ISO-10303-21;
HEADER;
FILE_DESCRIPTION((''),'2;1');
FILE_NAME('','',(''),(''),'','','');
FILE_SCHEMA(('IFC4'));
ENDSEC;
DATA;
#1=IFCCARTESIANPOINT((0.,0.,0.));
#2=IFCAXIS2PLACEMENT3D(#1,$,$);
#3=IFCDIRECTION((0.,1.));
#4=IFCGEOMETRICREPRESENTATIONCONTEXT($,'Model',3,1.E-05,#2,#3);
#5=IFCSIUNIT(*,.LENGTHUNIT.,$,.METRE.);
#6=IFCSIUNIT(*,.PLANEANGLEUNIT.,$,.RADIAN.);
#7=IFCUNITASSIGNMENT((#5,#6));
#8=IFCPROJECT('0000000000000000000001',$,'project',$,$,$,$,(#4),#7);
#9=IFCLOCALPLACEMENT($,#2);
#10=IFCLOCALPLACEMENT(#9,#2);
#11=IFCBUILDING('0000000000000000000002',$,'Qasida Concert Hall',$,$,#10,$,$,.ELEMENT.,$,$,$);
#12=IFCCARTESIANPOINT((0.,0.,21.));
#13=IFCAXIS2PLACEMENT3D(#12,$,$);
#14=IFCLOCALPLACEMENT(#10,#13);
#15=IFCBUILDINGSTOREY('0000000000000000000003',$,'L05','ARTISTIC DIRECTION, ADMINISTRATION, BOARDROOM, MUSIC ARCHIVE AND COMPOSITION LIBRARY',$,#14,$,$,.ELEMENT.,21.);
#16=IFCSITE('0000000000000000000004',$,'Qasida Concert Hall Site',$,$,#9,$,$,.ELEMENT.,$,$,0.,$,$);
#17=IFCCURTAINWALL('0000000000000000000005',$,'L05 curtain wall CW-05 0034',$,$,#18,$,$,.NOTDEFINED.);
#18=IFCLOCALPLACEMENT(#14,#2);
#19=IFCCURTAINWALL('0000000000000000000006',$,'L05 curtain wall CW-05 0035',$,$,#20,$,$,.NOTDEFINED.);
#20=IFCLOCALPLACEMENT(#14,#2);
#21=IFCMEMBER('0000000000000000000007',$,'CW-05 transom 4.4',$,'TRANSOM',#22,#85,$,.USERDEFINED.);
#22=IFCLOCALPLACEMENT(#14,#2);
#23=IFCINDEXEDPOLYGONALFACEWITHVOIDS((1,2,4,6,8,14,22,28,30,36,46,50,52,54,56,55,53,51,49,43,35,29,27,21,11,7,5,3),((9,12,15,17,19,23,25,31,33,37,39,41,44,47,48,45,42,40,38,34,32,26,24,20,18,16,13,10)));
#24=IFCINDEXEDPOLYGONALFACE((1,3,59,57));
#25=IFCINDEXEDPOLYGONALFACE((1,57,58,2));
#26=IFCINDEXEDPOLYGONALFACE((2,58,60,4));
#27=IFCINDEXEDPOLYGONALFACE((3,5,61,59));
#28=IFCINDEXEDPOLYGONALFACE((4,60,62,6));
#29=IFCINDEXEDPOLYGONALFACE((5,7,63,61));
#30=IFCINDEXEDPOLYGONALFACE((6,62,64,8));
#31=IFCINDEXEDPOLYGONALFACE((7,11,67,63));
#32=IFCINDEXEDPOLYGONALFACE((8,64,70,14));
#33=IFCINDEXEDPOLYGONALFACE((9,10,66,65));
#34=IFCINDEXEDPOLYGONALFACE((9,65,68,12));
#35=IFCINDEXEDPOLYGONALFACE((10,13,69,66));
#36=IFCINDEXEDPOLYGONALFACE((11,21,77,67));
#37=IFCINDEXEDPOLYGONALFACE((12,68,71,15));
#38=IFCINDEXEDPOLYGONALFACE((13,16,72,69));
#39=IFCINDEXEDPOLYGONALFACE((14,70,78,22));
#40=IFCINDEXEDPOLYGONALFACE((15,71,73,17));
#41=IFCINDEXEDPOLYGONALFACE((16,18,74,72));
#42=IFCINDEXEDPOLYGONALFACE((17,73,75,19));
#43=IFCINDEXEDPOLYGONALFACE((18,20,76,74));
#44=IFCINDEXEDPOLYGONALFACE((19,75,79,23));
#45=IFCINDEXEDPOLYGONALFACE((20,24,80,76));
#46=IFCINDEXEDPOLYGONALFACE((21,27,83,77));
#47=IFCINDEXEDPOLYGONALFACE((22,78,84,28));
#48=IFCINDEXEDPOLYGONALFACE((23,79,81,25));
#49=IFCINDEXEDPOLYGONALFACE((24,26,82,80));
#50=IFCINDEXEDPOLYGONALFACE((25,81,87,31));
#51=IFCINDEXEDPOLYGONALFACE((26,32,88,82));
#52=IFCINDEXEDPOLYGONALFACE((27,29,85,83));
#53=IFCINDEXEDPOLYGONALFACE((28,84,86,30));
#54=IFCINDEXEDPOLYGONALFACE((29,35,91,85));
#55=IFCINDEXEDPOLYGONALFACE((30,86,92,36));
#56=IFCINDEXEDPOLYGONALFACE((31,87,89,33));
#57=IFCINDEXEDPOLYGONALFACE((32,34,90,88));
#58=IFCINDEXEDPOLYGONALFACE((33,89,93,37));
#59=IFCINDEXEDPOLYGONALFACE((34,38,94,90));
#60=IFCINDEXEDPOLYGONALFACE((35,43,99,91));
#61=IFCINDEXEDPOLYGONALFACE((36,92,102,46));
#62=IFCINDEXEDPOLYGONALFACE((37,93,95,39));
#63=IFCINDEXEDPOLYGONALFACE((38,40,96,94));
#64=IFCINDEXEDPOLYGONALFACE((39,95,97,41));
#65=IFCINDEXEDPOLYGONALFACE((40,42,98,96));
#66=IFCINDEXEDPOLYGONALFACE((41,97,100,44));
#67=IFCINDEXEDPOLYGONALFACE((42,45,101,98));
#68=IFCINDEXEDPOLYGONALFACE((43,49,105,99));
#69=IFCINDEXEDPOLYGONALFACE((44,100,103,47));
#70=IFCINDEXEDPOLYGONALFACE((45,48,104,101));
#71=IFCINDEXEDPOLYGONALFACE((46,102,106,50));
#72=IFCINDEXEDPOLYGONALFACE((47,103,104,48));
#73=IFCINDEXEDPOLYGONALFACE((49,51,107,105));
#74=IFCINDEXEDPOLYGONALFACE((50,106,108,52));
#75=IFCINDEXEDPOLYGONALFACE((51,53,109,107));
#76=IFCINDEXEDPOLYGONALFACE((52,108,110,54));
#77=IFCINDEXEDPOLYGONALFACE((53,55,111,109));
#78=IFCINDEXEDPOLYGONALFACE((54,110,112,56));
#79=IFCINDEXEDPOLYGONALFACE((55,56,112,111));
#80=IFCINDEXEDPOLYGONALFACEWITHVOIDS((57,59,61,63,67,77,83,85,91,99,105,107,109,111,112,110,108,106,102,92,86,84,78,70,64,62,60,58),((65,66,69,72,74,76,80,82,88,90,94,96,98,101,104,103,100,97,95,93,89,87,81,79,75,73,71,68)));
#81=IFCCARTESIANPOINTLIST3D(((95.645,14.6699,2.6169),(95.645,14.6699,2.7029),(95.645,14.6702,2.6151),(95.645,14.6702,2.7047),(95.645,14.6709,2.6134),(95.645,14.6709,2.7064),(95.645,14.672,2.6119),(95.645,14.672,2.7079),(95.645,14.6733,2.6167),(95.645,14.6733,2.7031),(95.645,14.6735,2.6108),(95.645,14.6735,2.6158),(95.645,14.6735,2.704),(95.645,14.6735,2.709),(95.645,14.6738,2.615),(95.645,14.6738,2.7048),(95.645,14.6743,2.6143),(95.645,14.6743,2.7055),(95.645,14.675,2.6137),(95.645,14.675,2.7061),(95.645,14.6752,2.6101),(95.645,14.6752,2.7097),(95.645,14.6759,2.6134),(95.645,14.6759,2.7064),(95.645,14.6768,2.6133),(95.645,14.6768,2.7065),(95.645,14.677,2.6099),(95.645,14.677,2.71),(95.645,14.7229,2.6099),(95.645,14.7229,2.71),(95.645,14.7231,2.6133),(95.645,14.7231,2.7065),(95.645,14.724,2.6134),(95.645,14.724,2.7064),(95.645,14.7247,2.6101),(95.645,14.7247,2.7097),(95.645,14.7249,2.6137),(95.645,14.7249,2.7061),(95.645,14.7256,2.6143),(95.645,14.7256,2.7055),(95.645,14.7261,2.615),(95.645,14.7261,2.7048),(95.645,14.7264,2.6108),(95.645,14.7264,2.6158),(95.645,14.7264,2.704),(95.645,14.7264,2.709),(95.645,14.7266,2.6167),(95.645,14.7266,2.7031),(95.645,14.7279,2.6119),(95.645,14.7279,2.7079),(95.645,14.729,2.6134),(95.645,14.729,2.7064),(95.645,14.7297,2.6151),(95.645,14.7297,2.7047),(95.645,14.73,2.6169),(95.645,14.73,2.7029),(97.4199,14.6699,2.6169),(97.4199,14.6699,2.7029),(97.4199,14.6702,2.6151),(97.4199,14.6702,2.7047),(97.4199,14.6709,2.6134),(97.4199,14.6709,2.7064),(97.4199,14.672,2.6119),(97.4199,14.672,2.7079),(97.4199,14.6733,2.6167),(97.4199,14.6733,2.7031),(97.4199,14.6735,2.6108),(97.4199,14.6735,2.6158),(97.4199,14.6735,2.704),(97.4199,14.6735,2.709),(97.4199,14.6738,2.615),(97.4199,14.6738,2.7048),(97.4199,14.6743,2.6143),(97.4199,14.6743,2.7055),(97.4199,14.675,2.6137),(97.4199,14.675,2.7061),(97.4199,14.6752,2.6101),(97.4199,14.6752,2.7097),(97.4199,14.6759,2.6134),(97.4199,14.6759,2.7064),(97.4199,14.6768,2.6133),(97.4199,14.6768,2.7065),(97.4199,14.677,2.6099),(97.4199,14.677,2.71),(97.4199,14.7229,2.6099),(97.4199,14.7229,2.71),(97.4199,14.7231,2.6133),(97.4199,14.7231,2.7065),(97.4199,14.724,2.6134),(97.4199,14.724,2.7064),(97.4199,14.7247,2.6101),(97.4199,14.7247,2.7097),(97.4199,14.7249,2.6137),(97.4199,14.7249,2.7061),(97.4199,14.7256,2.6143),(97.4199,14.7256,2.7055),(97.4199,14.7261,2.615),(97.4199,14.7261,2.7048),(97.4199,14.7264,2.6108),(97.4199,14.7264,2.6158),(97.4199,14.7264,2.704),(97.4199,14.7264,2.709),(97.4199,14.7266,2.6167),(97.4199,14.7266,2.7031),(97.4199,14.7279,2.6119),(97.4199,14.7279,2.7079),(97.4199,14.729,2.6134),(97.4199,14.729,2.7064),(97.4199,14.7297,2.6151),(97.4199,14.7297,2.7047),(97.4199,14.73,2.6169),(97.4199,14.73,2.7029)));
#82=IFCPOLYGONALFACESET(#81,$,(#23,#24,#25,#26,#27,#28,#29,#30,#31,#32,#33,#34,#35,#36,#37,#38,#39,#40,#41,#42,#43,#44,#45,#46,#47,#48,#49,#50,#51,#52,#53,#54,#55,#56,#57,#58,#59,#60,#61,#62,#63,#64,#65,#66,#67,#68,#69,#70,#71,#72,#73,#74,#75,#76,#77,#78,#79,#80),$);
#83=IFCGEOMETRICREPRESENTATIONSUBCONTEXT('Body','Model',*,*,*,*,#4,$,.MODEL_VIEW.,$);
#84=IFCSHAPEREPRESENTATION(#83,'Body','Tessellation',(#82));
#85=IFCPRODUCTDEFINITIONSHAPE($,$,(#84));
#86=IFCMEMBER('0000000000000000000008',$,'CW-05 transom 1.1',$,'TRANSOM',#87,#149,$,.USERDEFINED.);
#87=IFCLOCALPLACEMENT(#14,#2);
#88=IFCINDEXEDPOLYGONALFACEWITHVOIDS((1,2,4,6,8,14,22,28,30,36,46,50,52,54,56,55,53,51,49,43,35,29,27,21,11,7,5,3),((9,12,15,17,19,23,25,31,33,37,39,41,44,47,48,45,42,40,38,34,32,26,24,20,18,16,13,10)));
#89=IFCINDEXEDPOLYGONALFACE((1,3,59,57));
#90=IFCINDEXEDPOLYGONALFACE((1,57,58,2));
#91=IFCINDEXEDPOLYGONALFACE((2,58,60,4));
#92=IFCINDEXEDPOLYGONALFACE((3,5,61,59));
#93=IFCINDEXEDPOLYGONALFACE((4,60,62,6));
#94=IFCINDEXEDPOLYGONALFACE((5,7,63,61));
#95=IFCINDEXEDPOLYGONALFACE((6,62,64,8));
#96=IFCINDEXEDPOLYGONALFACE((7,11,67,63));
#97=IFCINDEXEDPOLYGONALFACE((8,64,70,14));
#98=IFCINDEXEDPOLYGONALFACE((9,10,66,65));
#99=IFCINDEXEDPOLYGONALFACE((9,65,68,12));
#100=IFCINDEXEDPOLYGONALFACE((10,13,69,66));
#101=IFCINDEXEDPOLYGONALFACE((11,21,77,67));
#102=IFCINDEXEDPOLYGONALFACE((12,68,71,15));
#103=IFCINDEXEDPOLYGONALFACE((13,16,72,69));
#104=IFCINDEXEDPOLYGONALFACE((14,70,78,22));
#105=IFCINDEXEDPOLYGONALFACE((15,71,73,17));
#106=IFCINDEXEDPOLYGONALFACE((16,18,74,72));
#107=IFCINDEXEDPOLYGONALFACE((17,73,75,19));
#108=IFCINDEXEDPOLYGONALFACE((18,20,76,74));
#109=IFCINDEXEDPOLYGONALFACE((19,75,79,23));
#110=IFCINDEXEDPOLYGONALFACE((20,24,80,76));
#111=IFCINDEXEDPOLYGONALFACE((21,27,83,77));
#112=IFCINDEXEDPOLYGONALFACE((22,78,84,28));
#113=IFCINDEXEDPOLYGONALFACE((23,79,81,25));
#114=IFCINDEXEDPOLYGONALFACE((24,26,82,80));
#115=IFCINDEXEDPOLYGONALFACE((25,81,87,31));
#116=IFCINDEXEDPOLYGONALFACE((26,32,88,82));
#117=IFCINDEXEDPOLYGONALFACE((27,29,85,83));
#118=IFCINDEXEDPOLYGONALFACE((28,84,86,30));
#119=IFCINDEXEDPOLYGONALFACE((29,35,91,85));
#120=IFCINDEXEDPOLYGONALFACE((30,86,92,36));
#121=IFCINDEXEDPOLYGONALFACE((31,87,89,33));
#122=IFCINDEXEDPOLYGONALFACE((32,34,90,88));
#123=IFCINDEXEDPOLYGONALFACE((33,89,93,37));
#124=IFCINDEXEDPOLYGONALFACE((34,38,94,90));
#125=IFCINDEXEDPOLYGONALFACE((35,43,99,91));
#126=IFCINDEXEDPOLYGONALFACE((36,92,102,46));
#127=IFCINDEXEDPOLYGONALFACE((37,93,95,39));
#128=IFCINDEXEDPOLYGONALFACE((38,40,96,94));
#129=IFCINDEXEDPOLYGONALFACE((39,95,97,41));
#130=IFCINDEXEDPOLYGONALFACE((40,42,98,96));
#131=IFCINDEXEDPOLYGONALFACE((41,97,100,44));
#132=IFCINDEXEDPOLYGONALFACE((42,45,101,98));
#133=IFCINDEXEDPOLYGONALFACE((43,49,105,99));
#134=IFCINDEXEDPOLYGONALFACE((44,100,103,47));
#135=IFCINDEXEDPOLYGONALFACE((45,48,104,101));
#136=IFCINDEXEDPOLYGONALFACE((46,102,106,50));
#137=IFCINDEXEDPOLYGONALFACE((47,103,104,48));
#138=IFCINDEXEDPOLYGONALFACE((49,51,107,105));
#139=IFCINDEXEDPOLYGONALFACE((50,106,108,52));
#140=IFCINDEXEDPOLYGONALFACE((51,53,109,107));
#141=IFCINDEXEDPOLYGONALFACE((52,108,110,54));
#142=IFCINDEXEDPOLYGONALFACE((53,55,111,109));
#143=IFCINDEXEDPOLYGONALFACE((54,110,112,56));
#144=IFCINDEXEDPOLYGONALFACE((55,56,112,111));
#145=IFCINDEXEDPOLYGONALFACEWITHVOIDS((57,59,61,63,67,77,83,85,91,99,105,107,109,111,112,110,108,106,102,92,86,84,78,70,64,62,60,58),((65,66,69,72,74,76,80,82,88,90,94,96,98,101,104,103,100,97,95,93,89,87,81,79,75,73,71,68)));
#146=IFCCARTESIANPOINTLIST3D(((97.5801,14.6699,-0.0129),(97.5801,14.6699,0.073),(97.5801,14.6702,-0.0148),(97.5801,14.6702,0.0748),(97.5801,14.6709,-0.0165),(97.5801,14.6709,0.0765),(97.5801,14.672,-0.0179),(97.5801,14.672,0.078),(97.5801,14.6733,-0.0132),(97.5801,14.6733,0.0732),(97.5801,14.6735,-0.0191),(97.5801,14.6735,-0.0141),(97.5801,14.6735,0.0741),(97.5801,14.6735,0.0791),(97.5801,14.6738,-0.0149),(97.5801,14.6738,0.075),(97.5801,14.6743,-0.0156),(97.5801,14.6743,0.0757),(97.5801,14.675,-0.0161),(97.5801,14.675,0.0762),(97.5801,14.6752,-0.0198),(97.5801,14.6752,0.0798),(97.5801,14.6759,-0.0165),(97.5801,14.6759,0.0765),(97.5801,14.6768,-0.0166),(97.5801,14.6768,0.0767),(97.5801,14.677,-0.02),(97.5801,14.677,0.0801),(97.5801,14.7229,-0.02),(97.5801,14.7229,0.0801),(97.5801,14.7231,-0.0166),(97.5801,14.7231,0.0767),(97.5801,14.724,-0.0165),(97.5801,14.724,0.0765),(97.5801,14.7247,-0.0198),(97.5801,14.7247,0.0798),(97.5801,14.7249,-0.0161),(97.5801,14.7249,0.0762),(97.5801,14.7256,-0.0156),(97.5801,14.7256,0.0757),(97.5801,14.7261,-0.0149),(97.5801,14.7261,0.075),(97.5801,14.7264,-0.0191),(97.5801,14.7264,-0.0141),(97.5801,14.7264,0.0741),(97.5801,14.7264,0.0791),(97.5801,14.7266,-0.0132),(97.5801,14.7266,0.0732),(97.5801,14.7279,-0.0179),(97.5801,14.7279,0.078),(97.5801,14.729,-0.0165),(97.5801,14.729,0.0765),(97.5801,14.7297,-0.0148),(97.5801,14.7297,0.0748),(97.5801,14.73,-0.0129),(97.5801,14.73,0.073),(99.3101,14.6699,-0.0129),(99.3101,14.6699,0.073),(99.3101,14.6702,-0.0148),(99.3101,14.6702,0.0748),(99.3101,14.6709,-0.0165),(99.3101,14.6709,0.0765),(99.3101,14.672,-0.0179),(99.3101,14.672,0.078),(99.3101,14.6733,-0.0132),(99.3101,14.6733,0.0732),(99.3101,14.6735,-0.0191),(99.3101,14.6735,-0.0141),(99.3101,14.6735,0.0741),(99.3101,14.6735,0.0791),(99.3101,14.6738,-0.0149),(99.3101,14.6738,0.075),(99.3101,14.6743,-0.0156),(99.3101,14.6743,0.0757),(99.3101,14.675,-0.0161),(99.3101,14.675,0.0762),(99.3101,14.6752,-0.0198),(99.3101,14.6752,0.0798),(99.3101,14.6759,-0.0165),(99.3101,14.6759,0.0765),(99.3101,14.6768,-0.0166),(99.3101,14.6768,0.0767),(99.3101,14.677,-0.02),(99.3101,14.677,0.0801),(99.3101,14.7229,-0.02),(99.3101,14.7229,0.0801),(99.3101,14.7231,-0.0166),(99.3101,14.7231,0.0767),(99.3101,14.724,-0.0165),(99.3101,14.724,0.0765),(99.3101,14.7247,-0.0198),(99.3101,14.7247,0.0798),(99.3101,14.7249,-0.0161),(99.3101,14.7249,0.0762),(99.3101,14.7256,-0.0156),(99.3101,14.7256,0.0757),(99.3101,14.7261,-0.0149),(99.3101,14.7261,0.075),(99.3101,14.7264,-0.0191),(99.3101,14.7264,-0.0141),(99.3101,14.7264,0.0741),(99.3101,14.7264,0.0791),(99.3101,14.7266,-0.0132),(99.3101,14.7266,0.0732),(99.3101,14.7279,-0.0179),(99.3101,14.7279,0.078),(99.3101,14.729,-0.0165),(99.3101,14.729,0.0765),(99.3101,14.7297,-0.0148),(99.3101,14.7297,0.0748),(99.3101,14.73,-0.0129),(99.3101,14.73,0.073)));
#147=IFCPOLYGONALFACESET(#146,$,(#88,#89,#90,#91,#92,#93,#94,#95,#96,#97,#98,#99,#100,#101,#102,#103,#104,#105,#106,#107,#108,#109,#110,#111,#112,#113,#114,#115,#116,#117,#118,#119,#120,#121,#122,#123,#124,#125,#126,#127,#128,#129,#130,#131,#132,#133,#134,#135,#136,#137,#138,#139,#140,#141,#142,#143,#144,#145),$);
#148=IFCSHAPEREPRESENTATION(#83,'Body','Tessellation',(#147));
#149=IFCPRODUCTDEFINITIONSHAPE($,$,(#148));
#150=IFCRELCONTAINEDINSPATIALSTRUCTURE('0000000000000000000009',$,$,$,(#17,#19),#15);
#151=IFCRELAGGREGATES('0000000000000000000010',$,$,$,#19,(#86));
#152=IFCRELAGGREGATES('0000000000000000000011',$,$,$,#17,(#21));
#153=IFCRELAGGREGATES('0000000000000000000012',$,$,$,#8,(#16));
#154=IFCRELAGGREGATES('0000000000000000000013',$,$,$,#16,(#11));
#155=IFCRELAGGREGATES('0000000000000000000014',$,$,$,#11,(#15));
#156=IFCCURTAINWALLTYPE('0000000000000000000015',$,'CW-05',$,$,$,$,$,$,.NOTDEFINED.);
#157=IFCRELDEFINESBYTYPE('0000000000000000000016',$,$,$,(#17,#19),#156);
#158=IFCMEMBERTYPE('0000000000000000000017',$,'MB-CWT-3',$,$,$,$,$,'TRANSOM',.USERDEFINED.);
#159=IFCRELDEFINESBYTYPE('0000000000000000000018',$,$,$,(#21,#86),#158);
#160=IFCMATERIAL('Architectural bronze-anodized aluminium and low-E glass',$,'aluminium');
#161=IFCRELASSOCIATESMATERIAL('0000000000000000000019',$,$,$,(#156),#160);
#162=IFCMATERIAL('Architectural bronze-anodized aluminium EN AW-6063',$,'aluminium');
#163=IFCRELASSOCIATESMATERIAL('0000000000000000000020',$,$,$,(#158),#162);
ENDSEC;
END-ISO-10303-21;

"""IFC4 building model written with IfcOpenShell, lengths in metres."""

from ifc_helpers import new_model, si_unit, direction, frame, origin, origin_2d, place, context, subcontext, project, spatial, hollow_rectangle, extrude, material, material_profile, profile_set, type_object, element, aggregate, save


model = new_model("IFC4")

# Units and contexts
model_context = context("Model", 3, precision=1e-05, world=origin(), true_north=direction((0.0, 1.0)))
body_context = subcontext(model_context, "Body", "Model", "MODEL_VIEW")
ifc_project = project(units=[si_unit("LENGTHUNIT", "METRE"), si_unit("PLANEANGLEUNIT", "RADIAN")], contexts=[model_context])

# Site, building, storey
site_placement = place(None, origin())
site = spatial("IfcSite", under=ifc_project, at=site_placement, Name="Qasida Concert Hall Site", CompositionType="ELEMENT", RefElevation=0.0)
building_placement = place(site_placement, origin())
building = spatial("IfcBuilding", under=site, at=building_placement, Name="Qasida Concert Hall", CompositionType="ELEMENT")
storey_placement = place(building_placement, frame((0.0, 0.0, 21.0)))
storey = spatial("IfcBuildingStorey", under=building, at=storey_placement, Name="L05", Description="ARTISTIC DIRECTION, ADMINISTRATION, BOARDROOM, MUSIC ARCHIVE AND COMPOSITION LIBRARY", CompositionType="ELEMENT", Elevation=21.0)

# Curtain wall
ifc_material_1 = material(Name="Architectural bronze-anodized aluminium and low-E glass", Category="aluminium")
curtain_wall_type = type_object("IfcCurtainWallType", Name="CW-05", PredefinedType="NOTDEFINED", material=ifc_material_1)
curtain_wall_1_placement = place(storey_placement, origin())
curtain_wall_1 = element("IfcCurtainWall", 1, at=curtain_wall_1_placement, inside=storey, type_object=curtain_wall_type, Name="L05 curtain wall CW-05 0034", PredefinedType="NOTDEFINED")
ifc_material_2 = material(Name="Architectural bronze-anodized aluminium EN AW-6063", Category="aluminium")

# Curtain wall
curtain_wall_2_placement = place(storey_placement, origin())
curtain_wall_2 = element("IfcCurtainWall", 2, at=curtain_wall_2_placement, inside=storey, type_object=curtain_wall_type, Name="L05 curtain wall CW-05 0035", PredefinedType="NOTDEFINED")

# Members
ifc_material_profile_1 = material_profile(ifc_material_2, hollow_rectangle(XDim=0.0601, YDim=0.1001, WallThickness=0.0034, InnerFilletRadius=0.0034, OuterFilletRadius=0.0071, at=origin_2d()), Name="CWT 100x60x3.5")
ifc_profile_set_1 = profile_set([ifc_material_profile_1], Name="Architectural bronze-anodized aluminium EN AW-6063")
member_type_1 = type_object("IfcMemberType", Name="MB-CWT-3", ElementType="TRANSOM", PredefinedType="USERDEFINED", material=ifc_profile_set_1)
member_1_placement = place(storey_placement, frame((95.645, 14.7, 2.6599), z_axis=(1.0, 0.0, 0.0), x_axis=(0.0, 1.0, 0.0)))
member_1 = element("IfcMember", 3, at=member_1_placement, type_object=member_type_1, Name="CW-05 transom 4.4", ObjectType="TRANSOM", PredefinedType="USERDEFINED", context=body_context, shape_type="SweptSolid", body=[
    extrude(hollow_rectangle(XDim=0.0601, YDim=0.1001, WallThickness=0.0034, InnerFilletRadius=0.0034, OuterFilletRadius=0.0071, at=origin_2d()), origin(), (0.0, 0.0, 1.0), 1.7749),
])
member_2_placement = place(storey_placement, frame((97.5801, 14.7, 0.03), z_axis=(1.0, 0.0, 0.0), x_axis=(0.0, 1.0, 0.0)))
member_2 = element("IfcMember", 4, at=member_2_placement, type_object=member_type_1, Name="CW-05 transom 1.1", ObjectType="TRANSOM", PredefinedType="USERDEFINED", context=body_context, shape_type="SweptSolid", body=[
    extrude(hollow_rectangle(XDim=0.0601, YDim=0.1001, WallThickness=0.0034, InnerFilletRadius=0.0034, OuterFilletRadius=0.0071, at=origin_2d()), origin(), (0.0, 0.0, 1.0), 1.73),
])
aggregate(curtain_wall_2, [member_2])

aggregate(curtain_wall_1, [member_1])

save(model, "model.ifc")
